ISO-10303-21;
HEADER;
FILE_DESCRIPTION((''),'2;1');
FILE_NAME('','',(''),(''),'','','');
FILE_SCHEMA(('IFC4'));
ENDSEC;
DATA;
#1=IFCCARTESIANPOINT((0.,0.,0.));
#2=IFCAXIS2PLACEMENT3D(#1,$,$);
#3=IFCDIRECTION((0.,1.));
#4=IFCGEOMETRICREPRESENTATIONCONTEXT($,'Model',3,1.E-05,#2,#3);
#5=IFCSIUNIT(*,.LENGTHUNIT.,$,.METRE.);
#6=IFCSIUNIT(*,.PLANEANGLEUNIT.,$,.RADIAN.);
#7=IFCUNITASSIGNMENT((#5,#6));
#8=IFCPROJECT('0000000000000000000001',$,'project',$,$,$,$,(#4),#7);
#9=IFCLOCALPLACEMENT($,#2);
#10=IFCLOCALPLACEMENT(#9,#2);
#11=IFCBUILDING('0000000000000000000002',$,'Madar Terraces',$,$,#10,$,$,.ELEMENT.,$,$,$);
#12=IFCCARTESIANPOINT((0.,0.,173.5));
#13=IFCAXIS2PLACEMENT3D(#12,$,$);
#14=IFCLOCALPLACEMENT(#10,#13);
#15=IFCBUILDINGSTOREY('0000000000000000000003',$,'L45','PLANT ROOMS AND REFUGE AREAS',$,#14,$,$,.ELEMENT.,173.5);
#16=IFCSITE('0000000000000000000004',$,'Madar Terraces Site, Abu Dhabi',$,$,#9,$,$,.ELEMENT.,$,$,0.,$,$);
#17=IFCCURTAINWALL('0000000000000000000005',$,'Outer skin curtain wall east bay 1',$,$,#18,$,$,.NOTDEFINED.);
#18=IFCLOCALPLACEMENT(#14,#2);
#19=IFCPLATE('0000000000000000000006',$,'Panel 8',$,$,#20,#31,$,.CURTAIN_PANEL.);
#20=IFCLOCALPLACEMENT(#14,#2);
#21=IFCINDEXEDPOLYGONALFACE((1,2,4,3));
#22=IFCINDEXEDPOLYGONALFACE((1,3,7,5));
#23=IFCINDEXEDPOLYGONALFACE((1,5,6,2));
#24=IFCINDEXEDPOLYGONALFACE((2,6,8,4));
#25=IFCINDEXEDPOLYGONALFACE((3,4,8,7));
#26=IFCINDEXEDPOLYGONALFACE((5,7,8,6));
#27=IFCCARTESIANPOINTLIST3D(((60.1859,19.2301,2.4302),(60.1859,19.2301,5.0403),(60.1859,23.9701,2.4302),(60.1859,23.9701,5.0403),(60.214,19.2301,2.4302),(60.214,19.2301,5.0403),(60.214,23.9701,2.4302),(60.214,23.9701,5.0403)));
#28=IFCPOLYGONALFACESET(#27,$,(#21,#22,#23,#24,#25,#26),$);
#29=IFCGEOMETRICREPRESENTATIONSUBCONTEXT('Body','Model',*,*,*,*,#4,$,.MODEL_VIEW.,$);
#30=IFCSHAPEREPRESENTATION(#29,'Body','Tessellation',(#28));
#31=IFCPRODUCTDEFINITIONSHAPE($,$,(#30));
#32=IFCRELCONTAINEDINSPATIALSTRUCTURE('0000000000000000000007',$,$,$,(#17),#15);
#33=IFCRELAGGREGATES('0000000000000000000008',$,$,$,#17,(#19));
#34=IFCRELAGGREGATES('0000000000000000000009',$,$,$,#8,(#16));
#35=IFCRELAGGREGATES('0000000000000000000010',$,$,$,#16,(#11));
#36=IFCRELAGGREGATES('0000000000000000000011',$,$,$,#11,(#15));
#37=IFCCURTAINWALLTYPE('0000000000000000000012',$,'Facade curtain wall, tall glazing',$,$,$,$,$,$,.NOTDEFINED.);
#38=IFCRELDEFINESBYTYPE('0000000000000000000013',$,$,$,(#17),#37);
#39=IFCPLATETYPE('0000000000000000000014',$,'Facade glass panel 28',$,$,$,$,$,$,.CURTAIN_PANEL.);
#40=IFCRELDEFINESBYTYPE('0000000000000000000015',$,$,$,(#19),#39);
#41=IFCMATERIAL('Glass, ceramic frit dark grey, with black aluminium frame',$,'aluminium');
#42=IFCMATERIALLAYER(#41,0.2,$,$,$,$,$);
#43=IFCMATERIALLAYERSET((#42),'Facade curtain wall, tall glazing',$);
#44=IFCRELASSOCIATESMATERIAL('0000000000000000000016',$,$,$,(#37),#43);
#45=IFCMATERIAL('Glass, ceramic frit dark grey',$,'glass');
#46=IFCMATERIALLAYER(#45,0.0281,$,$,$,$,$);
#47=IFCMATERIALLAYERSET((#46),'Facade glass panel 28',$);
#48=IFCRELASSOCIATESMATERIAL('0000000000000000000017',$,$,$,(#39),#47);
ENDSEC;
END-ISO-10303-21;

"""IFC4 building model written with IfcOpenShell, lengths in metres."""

from ifc_helpers import new_model, si_unit, direction, frame, origin, origin_2d, place, context, subcontext, project, spatial, rectangle, extrude, material, layer, layer_set, type_object, element, aggregate, save


model = new_model("IFC4")

# Units and contexts
model_context = context("Model", 3, precision=1e-05, world=origin(), true_north=direction((0.0, 1.0)))
body_context = subcontext(model_context, "Body", "Model", "MODEL_VIEW")
ifc_project = project(units=[si_unit("LENGTHUNIT", "METRE"), si_unit("PLANEANGLEUNIT", "RADIAN")], contexts=[model_context])

# Site, building, storey
site_placement = place(None, origin())
site = spatial("IfcSite", under=ifc_project, at=site_placement, Name="Madar Terraces Site, Abu Dhabi", CompositionType="ELEMENT", RefElevation=0.0)
building_placement = place(site_placement, origin())
building = spatial("IfcBuilding", under=site, at=building_placement, Name="Madar Terraces", CompositionType="ELEMENT")
storey_placement = place(building_placement, frame((0.0, 0.0, 173.5)))
storey = spatial("IfcBuildingStorey", under=building, at=storey_placement, Name="L45", Description="PLANT ROOMS AND REFUGE AREAS", CompositionType="ELEMENT", Elevation=173.5)

# Curtain wall
ifc_material_1 = material(Name="Glass, ceramic frit dark grey, with black aluminium frame", Category="aluminium")
ifc_layer_1 = layer(ifc_material_1, 0.2)
ifc_layer_set_1 = layer_set([ifc_layer_1], Name="Facade curtain wall, tall glazing")
curtain_wall_type = type_object("IfcCurtainWallType", Name="Facade curtain wall, tall glazing", PredefinedType="NOTDEFINED", material=ifc_layer_set_1)
curtain_wall_placement = place(storey_placement, origin())
curtain_wall = element("IfcCurtainWall", 1, at=curtain_wall_placement, inside=storey, type_object=curtain_wall_type, Name="Outer skin curtain wall east bay 1", PredefinedType="NOTDEFINED")

# Plate
ifc_material_2 = material(Name="Glass, ceramic frit dark grey", Category="glass")
ifc_layer_2 = layer(ifc_material_2, 0.0281)
ifc_layer_set_2 = layer_set([ifc_layer_2], Name="Facade glass panel 28")
plate_type = type_object("IfcPlateType", Name="Facade glass panel 28", PredefinedType="CURTAIN_PANEL", material=ifc_layer_set_2)
plate_1_placement = place(storey_placement, frame((60.2, 21.6001, 2.4302), z_axis=(0.0, 0.0, 1.0), x_axis=(0.0, 1.0, 0.0)))
plate_1 = element("IfcPlate", 2, at=plate_1_placement, type_object=plate_type, Name="Panel 8", PredefinedType="CURTAIN_PANEL", context=body_context, shape_type="SweptSolid", body=[
    extrude(rectangle(XDim=4.74, YDim=0.0281, at=origin_2d()), origin(), (0.0, 0.0, 1.0), 2.6101),
])
aggregate(curtain_wall, [plate_1])

save(model, "model.ifc")
